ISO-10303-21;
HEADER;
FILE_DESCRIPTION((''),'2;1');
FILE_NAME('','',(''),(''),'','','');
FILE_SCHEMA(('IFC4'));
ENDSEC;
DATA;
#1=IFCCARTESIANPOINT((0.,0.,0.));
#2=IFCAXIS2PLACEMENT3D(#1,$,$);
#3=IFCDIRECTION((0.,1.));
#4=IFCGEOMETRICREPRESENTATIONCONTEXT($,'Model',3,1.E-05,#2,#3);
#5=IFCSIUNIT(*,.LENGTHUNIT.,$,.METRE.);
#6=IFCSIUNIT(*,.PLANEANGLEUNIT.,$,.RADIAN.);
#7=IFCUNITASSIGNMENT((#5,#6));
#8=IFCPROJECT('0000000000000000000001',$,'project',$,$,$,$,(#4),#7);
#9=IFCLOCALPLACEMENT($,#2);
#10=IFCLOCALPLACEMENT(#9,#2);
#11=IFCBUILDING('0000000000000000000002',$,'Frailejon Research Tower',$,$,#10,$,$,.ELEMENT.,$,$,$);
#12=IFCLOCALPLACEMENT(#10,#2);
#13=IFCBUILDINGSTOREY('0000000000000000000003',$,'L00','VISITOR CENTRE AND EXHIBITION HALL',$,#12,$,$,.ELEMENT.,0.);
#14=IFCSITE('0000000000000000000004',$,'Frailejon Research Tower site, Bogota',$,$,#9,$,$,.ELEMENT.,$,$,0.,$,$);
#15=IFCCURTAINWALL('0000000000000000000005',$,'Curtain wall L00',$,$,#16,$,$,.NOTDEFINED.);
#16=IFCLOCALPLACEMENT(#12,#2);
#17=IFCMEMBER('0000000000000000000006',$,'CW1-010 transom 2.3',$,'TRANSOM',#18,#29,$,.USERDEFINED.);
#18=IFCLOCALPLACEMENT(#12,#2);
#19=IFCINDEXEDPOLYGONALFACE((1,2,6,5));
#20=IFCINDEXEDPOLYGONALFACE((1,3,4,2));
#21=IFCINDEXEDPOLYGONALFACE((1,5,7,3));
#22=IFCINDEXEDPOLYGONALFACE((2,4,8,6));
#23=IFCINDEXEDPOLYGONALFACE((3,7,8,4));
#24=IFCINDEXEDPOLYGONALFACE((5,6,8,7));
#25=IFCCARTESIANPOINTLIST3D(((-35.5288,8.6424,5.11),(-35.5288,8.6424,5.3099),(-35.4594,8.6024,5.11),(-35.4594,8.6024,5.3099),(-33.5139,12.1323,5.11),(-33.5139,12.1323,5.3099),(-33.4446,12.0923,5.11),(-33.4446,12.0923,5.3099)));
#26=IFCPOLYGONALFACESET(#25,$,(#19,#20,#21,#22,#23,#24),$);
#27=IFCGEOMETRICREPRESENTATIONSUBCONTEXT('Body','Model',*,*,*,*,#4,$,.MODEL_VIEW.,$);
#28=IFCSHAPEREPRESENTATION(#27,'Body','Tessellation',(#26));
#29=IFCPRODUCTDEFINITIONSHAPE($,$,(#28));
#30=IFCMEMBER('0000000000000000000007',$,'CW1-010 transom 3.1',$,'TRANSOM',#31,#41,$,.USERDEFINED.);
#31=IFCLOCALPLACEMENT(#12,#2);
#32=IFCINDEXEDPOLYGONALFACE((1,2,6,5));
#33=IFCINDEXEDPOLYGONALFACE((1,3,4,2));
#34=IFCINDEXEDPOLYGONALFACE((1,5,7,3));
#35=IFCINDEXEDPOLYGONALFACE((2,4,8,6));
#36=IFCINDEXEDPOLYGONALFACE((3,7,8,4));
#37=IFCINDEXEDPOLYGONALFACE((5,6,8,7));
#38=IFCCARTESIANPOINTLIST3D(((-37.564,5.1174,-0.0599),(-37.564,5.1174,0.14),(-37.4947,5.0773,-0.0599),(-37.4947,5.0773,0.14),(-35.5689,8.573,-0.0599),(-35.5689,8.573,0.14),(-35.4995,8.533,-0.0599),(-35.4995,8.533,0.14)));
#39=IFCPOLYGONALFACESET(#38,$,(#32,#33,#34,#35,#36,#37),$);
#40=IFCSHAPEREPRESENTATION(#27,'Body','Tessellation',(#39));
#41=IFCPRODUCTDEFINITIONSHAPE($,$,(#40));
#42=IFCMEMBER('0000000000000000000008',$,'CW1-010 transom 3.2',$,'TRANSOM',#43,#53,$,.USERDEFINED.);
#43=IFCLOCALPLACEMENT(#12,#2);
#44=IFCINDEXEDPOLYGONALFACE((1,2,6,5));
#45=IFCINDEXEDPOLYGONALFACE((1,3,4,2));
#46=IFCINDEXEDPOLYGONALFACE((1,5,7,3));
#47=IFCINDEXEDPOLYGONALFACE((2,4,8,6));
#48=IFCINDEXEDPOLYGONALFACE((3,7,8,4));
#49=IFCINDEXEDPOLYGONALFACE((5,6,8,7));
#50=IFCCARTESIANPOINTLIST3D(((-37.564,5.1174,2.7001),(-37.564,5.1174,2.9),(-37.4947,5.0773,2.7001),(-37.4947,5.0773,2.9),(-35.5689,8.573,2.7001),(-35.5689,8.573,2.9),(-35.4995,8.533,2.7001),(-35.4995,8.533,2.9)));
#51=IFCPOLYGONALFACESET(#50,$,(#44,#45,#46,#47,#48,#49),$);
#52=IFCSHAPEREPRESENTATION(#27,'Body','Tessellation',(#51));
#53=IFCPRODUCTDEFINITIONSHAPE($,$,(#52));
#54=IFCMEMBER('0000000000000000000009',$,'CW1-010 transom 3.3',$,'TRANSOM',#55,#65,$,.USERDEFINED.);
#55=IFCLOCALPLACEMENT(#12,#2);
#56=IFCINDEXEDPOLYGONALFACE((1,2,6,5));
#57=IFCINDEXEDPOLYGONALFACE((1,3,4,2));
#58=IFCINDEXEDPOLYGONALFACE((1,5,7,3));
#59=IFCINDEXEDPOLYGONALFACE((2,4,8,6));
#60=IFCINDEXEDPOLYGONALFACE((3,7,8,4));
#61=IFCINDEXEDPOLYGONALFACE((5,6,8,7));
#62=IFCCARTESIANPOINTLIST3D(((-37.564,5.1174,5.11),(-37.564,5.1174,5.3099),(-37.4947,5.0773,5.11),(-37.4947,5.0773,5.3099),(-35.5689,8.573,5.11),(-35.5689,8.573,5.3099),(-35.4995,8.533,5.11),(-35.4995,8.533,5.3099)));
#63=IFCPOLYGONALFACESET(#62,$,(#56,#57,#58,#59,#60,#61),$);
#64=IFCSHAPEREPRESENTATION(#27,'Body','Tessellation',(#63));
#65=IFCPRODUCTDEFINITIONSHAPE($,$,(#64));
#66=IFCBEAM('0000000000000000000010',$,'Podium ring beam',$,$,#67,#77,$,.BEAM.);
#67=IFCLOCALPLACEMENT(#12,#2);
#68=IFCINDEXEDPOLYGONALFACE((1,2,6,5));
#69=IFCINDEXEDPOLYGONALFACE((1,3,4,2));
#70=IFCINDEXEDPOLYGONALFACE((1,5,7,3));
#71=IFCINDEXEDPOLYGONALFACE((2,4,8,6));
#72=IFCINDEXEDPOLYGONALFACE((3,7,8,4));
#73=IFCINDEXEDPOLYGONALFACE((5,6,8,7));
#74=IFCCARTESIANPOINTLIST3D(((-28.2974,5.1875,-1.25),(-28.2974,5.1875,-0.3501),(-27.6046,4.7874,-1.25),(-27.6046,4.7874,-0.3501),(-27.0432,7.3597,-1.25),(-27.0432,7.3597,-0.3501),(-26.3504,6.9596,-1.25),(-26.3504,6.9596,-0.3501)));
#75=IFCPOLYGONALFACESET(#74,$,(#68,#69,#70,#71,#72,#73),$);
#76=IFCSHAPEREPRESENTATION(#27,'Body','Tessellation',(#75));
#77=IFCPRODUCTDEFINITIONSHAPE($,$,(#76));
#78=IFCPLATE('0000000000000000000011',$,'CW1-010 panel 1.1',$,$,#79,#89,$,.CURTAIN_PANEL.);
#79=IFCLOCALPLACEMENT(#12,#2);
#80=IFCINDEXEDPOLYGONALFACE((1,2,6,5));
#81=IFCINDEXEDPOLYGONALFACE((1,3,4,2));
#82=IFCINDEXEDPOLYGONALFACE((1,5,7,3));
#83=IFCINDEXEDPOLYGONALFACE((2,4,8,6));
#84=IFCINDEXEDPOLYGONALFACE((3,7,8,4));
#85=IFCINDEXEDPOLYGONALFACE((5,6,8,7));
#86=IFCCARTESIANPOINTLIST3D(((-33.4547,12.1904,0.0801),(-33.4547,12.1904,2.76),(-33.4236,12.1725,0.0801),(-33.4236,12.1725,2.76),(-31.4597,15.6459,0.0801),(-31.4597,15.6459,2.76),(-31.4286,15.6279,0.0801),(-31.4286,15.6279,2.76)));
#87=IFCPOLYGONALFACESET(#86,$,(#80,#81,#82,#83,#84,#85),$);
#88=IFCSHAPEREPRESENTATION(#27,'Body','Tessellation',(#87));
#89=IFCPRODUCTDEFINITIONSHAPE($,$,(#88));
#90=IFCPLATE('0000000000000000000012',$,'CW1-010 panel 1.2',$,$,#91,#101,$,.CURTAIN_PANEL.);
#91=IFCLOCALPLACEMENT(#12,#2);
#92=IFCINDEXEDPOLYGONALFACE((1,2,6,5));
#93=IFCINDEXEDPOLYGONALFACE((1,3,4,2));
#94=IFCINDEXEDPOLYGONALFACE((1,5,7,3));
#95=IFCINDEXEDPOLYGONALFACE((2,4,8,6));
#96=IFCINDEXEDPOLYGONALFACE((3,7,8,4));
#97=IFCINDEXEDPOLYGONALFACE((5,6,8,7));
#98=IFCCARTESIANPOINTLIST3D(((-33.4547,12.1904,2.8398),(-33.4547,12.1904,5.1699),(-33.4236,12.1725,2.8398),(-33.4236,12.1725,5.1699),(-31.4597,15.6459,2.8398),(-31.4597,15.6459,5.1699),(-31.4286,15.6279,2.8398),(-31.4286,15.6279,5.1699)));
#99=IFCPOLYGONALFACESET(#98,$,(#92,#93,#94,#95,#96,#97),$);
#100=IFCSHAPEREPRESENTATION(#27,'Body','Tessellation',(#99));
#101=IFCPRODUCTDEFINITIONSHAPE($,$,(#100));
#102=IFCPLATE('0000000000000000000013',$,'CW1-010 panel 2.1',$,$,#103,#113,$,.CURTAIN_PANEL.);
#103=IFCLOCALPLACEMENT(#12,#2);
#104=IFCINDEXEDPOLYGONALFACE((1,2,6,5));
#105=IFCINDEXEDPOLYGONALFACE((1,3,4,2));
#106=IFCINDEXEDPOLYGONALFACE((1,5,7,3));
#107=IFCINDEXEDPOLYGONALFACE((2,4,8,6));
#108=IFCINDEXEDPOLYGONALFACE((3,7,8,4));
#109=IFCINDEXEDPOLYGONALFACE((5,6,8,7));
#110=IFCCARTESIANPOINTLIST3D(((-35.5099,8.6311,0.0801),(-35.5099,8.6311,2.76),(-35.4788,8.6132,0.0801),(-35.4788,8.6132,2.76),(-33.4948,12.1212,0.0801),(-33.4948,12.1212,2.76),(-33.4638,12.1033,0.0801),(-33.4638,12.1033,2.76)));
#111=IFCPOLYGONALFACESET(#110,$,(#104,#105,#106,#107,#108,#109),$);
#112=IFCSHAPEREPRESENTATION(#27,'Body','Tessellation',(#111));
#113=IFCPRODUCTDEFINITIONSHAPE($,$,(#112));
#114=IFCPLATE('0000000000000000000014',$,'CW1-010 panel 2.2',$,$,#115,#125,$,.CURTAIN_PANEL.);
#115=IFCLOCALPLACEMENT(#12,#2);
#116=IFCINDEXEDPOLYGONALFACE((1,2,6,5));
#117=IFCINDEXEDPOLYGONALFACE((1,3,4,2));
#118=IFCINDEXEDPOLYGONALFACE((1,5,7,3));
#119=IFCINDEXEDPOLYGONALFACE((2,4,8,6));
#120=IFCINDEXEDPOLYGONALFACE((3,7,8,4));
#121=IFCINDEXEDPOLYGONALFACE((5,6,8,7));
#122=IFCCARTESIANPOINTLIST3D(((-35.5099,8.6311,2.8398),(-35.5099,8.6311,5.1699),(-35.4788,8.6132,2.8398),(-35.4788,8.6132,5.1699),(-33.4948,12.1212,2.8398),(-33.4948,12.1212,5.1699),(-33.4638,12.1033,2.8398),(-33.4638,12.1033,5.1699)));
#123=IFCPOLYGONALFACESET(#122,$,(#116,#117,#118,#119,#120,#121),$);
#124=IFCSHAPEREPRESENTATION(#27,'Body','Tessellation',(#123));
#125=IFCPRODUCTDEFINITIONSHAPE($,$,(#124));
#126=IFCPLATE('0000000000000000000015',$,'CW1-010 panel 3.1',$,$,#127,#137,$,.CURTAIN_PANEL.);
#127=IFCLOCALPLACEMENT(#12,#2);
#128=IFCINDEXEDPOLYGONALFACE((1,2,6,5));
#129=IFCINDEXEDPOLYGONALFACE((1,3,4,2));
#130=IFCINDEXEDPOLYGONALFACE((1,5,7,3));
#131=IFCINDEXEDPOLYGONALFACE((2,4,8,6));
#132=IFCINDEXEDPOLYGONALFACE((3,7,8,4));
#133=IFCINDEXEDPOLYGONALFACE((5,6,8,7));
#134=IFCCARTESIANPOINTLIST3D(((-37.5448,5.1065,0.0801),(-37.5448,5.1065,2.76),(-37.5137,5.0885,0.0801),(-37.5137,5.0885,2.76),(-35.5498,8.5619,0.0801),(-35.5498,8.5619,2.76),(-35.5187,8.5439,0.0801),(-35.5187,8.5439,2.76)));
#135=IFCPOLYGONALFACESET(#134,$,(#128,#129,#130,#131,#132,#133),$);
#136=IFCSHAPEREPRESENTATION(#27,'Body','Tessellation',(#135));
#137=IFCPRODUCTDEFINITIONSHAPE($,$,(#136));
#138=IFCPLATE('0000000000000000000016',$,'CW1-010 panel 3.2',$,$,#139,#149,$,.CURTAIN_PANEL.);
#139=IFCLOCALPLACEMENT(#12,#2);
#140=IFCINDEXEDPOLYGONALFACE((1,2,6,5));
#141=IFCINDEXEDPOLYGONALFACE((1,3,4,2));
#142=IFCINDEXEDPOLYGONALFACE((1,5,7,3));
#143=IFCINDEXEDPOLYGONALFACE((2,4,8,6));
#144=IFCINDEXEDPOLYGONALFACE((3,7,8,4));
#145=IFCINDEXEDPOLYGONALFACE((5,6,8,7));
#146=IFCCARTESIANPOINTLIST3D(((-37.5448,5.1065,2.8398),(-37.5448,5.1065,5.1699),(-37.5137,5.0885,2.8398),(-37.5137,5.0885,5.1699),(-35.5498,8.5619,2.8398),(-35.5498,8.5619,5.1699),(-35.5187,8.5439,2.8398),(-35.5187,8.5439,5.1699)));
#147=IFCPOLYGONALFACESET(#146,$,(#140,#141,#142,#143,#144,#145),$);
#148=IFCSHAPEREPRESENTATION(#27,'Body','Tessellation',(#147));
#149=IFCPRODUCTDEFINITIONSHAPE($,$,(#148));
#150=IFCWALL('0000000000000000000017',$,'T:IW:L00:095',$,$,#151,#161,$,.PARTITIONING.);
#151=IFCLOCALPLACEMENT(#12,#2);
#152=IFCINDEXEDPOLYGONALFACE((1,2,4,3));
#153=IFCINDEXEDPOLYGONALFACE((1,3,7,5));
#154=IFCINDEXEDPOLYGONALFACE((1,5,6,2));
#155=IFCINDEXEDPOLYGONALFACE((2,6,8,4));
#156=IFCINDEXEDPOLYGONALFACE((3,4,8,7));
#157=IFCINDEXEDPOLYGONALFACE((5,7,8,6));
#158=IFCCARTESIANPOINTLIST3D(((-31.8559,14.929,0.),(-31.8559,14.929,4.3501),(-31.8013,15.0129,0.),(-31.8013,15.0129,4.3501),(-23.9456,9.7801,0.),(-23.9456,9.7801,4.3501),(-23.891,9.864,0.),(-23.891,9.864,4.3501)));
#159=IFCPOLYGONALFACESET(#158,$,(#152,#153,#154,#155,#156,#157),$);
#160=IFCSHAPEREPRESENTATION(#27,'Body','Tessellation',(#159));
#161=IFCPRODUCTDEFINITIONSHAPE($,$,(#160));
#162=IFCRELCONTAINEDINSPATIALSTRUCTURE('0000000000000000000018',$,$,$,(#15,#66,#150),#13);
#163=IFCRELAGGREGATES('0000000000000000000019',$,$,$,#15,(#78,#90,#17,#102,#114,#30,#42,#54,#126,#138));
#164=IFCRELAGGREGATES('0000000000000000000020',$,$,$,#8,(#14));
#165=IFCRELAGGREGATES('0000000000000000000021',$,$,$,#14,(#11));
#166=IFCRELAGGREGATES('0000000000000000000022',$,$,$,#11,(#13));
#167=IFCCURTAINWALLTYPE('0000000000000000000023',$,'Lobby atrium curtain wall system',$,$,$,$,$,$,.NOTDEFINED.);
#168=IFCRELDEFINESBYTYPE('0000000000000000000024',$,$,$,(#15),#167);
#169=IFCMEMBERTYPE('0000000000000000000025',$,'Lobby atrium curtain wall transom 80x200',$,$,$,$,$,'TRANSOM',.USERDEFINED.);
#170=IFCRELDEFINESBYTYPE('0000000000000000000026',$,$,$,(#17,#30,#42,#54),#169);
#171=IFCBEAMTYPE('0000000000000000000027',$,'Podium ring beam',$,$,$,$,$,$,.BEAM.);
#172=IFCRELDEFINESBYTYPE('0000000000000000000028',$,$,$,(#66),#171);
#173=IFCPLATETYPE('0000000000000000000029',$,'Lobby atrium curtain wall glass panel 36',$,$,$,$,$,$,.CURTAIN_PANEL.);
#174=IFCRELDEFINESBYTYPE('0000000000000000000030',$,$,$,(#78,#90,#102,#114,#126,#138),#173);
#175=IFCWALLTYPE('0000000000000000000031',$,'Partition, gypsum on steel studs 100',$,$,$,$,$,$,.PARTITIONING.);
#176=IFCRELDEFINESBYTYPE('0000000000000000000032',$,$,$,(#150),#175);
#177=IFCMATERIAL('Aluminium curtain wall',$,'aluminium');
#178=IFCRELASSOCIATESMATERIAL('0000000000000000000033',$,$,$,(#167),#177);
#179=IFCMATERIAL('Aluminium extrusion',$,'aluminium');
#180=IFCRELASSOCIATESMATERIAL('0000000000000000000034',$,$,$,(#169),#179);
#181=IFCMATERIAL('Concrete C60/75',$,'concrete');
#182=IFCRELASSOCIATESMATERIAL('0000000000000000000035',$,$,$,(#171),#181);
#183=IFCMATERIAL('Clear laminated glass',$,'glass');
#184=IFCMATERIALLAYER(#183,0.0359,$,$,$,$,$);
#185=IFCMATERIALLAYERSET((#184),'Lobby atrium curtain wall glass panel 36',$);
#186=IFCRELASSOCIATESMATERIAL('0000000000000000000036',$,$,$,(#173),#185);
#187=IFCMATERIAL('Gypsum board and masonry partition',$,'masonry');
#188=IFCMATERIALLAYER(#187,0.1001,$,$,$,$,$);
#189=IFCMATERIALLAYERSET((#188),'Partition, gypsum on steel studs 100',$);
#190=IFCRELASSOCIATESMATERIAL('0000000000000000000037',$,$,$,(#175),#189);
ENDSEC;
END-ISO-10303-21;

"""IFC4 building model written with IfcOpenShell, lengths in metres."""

from ifc_helpers import new_model, si_unit, direction, frame, frame_2d, origin, origin_2d, place, context, subcontext, project, spatial, rectangle, extrude, material, layer, layer_set, material_profile, profile_set, type_object, element, aggregate, save


model = new_model("IFC4")

# Units and contexts
model_context = context("Model", 3, precision=1e-05, world=origin(), true_north=direction((0.0, 1.0)))
body_context = subcontext(model_context, "Body", "Model", "MODEL_VIEW")
ifc_project = project(units=[si_unit("LENGTHUNIT", "METRE"), si_unit("PLANEANGLEUNIT", "RADIAN")], contexts=[model_context])

# Site, building, storey
site_placement = place(None, origin())
site = spatial("IfcSite", under=ifc_project, at=site_placement, Name="Frailejon Research Tower site, Bogota", CompositionType="ELEMENT", RefElevation=0.0)
building_placement = place(site_placement, origin())
building = spatial("IfcBuilding", under=site, at=building_placement, Name="Frailejon Research Tower", CompositionType="ELEMENT")
storey_placement = place(building_placement, origin())
storey = spatial("IfcBuildingStorey", under=building, at=storey_placement, Name="L00", Description="VISITOR CENTRE AND EXHIBITION HALL", CompositionType="ELEMENT", Elevation=0.0)

# Curtain wall
ifc_material_1 = material(Name="Aluminium curtain wall", Category="aluminium")
curtain_wall_type = type_object("IfcCurtainWallType", Name="Lobby atrium curtain wall system", PredefinedType="NOTDEFINED", material=ifc_material_1)
curtain_wall_1_placement = place(storey_placement, origin())
curtain_wall_1 = element("IfcCurtainWall", 1, at=curtain_wall_1_placement, inside=storey, type_object=curtain_wall_type, Name="Curtain wall L00", PredefinedType="NOTDEFINED")

# Members
ifc_material_2 = material(Name="Aluminium extrusion", Category="aluminium")
ifc_material_profile_1 = material_profile(ifc_material_2, rectangle(XDim=0.0801, YDim=0.2, at=origin_2d()), Name="Lobby atrium curtain wall transom 80x200")
ifc_profile_set_1 = profile_set([ifc_material_profile_1], Name="Aluminium extrusion")
member_type_1 = type_object("IfcMemberType", Name="Lobby atrium curtain wall transom 80x200", ElementType="TRANSOM", PredefinedType="USERDEFINED", material=ifc_profile_set_1)
member_1_placement = place(storey_placement, frame((-33.4792, 12.1123, 5.21), z_axis=(-0.49999, -0.866031, 0.0), x_axis=(0.866031, -0.49999, 0.0)))
member_1 = element("IfcMember", 2, at=member_1_placement, type_object=member_type_1, Name="CW1-010 transom 2.3", ObjectType="TRANSOM", PredefinedType="USERDEFINED", context=body_context, shape_type="SweptSolid", body=[
    extrude(rectangle(XDim=0.0801, YDim=0.2, at=origin_2d()), origin(), (0.0, 0.0, 1.0), 4.0298),
])
member_2_placement = place(storey_placement, frame((-35.5342, 8.553, 0.04), z_axis=(-0.500008, -0.866021, 0.0), x_axis=(0.866021, -0.500008, 0.0)))
member_2 = element("IfcMember", 3, at=member_2_placement, type_object=member_type_1, Name="CW1-010 transom 3.1", ObjectType="TRANSOM", PredefinedType="USERDEFINED", context=body_context, shape_type="SweptSolid", body=[
    extrude(rectangle(XDim=0.0801, YDim=0.2, at=origin_2d()), origin(), (0.0, 0.0, 1.0), 3.9902),
])
member_3_placement = place(storey_placement, frame((-35.5342, 8.553, 2.8), z_axis=(-0.500008, -0.866021, 0.0), x_axis=(0.866021, -0.500008, 0.0)))
member_3 = element("IfcMember", 4, at=member_3_placement, type_object=member_type_1, Name="CW1-010 transom 3.2", ObjectType="TRANSOM", PredefinedType="USERDEFINED", context=body_context, shape_type="SweptSolid", body=[
    extrude(rectangle(XDim=0.0801, YDim=0.2, at=origin_2d()), origin(), (0.0, 0.0, 1.0), 3.9902),
])
member_4_placement = place(storey_placement, frame((-35.5342, 8.553, 5.21), z_axis=(-0.500008, -0.866021, 0.0), x_axis=(0.866021, -0.500008, 0.0)))
member_4 = element("IfcMember", 5, at=member_4_placement, type_object=member_type_1, Name="CW1-010 transom 3.3", ObjectType="TRANSOM", PredefinedType="USERDEFINED", context=body_context, shape_type="SweptSolid", body=[
    extrude(rectangle(XDim=0.0801, YDim=0.2, at=origin_2d()), origin(), (0.0, 0.0, 1.0), 3.9902),
])

# Beam
ifc_material_3 = material(Name="Concrete C60/75", Category="concrete")
ifc_material_profile_2 = material_profile(ifc_material_3, rectangle(XDim=0.8, YDim=0.8999, at=origin_2d()), Name="Podium ring beam")
ifc_profile_set_2 = profile_set([ifc_material_profile_2], Name="Concrete C60/75")
beam_type_1 = type_object("IfcBeamType", Name="Podium ring beam", PredefinedType="BEAM", material=ifc_profile_set_2)
beam_1_placement = place(storey_placement, frame((-26.6968, 7.1597, -0.8), z_axis=(-0.500023, -0.866012, 0.0), x_axis=(0.866012, -0.500023, 0.0)))
element("IfcBeam", 6, at=beam_1_placement, inside=storey, type_object=beam_type_1, Name="Podium ring beam", PredefinedType="BEAM", context=body_context, shape_type="SweptSolid", body=[
    extrude(rectangle(XDim=0.8, YDim=0.8999, at=origin_2d()), origin(), (0.0, 0.0, 1.0), 2.5083),
])

# Plates
ifc_material_4 = material(Name="Clear laminated glass", Category="glass")
ifc_layer_1 = layer(ifc_material_4, 0.0359)
ifc_layer_set_1 = layer_set([ifc_layer_1], Name="Lobby atrium curtain wall glass panel 36")
plate_type = type_object("IfcPlateType", Name="Lobby atrium curtain wall glass panel 36", PredefinedType="CURTAIN_PANEL", material=ifc_layer_set_1)
plate_1_placement = place(storey_placement, frame((-32.4417, 13.9092, 0.0801), z_axis=(0.0, 0.0, 1.0), x_axis=(-0.5, -0.866026, 0.0)))
plate_1 = element("IfcPlate", 7, at=plate_1_placement, type_object=plate_type, Name="CW1-010 panel 1.1", PredefinedType="CURTAIN_PANEL", context=body_context, shape_type="SweptSolid", body=[
    extrude(rectangle(XDim=3.99, YDim=0.0359, at=origin_2d()), origin(), (0.0, 0.0, 1.0), 2.6799),
])
plate_2_placement = place(storey_placement, frame((-32.4417, 13.9092, 2.8398), z_axis=(0.0, 0.0, 1.0), x_axis=(-0.5, -0.866026, 0.0)))
plate_2 = element("IfcPlate", 8, at=plate_2_placement, type_object=plate_type, Name="CW1-010 panel 1.2", PredefinedType="CURTAIN_PANEL", context=body_context, shape_type="SweptSolid", body=[
    extrude(rectangle(XDim=3.99, YDim=0.0359, at=origin_2d()), origin(), (0.0, 0.0, 1.0), 2.3301),
])
plate_3_placement = place(storey_placement, frame((-34.4868, 10.3672, 0.0801), z_axis=(0.0, 0.0, 1.0), x_axis=(-0.5, -0.866026, 0.0)))
plate_3 = element("IfcPlate", 9, at=plate_3_placement, type_object=plate_type, Name="CW1-010 panel 2.1", PredefinedType="CURTAIN_PANEL", context=body_context, shape_type="SweptSolid", body=[
    extrude(rectangle(XDim=4.03, YDim=0.0359, at=origin_2d()), origin(), (0.0, 0.0, 1.0), 2.6799),
])
plate_4_placement = place(storey_placement, frame((-34.4868, 10.3672, 2.8398), z_axis=(0.0, 0.0, 1.0), x_axis=(-0.5, -0.866026, 0.0)))
plate_4 = element("IfcPlate", 10, at=plate_4_placement, type_object=plate_type, Name="CW1-010 panel 2.2", PredefinedType="CURTAIN_PANEL", context=body_context, shape_type="SweptSolid", body=[
    extrude(rectangle(XDim=4.03, YDim=0.0359, at=origin_2d()), origin(), (0.0, 0.0, 1.0), 2.3301),
])
plate_5_placement = place(storey_placement, frame((-36.5317, 6.8252, 0.0801), z_axis=(0.0, 0.0, 1.0), x_axis=(-0.5, -0.866026, 0.0)))
plate_5 = element("IfcPlate", 11, at=plate_5_placement, type_object=plate_type, Name="CW1-010 panel 3.1", PredefinedType="CURTAIN_PANEL", context=body_context, shape_type="SweptSolid", body=[
    extrude(rectangle(XDim=3.99, YDim=0.0359, at=origin_2d()), origin(), (0.0, 0.0, 1.0), 2.6799),
])
plate_6_placement = place(storey_placement, frame((-36.5317, 6.8252, 2.8398), z_axis=(0.0, 0.0, 1.0), x_axis=(-0.5, -0.866026, 0.0)))
plate_6 = element("IfcPlate", 12, at=plate_6_placement, type_object=plate_type, Name="CW1-010 panel 3.2", PredefinedType="CURTAIN_PANEL", context=body_context, shape_type="SweptSolid", body=[
    extrude(rectangle(XDim=3.99, YDim=0.0359, at=origin_2d()), origin(), (0.0, 0.0, 1.0), 2.3301),
])
aggregate(curtain_wall_1, [plate_1, plate_2, member_1, plate_3, plate_4, member_2, member_3, member_4, plate_5, plate_6])

# Wall
ifc_material_5 = material(Name="Gypsum board and masonry partition", Category="masonry")
ifc_layer_2 = layer(ifc_material_5, 0.1001)
ifc_layer_set_2 = layer_set([ifc_layer_2], Name="Partition, gypsum on steel studs 100")
wall_type = type_object("IfcWallType", Name="Partition, gypsum on steel studs 100", PredefinedType="PARTITIONING", material=ifc_layer_set_2)
wall_placement = place(storey_placement, frame((-31.8286, 14.9709, 0.0), z_axis=(0.0, 0.0, 1.0), x_axis=(0.838097, -0.545522, 0.0)))
element("IfcWall", 13, at=wall_placement, inside=storey, type_object=wall_type, Name="T:IW:L00:095", PredefinedType="PARTITIONING", context=body_context, shape_type="SweptSolid", body=[
    extrude(rectangle(XDim=9.4385, YDim=0.1001, at=frame_2d((4.7192, 0.0))), origin(), (0.0, 0.0, 1.0), 4.3501),
])

save(model, "model.ifc")
